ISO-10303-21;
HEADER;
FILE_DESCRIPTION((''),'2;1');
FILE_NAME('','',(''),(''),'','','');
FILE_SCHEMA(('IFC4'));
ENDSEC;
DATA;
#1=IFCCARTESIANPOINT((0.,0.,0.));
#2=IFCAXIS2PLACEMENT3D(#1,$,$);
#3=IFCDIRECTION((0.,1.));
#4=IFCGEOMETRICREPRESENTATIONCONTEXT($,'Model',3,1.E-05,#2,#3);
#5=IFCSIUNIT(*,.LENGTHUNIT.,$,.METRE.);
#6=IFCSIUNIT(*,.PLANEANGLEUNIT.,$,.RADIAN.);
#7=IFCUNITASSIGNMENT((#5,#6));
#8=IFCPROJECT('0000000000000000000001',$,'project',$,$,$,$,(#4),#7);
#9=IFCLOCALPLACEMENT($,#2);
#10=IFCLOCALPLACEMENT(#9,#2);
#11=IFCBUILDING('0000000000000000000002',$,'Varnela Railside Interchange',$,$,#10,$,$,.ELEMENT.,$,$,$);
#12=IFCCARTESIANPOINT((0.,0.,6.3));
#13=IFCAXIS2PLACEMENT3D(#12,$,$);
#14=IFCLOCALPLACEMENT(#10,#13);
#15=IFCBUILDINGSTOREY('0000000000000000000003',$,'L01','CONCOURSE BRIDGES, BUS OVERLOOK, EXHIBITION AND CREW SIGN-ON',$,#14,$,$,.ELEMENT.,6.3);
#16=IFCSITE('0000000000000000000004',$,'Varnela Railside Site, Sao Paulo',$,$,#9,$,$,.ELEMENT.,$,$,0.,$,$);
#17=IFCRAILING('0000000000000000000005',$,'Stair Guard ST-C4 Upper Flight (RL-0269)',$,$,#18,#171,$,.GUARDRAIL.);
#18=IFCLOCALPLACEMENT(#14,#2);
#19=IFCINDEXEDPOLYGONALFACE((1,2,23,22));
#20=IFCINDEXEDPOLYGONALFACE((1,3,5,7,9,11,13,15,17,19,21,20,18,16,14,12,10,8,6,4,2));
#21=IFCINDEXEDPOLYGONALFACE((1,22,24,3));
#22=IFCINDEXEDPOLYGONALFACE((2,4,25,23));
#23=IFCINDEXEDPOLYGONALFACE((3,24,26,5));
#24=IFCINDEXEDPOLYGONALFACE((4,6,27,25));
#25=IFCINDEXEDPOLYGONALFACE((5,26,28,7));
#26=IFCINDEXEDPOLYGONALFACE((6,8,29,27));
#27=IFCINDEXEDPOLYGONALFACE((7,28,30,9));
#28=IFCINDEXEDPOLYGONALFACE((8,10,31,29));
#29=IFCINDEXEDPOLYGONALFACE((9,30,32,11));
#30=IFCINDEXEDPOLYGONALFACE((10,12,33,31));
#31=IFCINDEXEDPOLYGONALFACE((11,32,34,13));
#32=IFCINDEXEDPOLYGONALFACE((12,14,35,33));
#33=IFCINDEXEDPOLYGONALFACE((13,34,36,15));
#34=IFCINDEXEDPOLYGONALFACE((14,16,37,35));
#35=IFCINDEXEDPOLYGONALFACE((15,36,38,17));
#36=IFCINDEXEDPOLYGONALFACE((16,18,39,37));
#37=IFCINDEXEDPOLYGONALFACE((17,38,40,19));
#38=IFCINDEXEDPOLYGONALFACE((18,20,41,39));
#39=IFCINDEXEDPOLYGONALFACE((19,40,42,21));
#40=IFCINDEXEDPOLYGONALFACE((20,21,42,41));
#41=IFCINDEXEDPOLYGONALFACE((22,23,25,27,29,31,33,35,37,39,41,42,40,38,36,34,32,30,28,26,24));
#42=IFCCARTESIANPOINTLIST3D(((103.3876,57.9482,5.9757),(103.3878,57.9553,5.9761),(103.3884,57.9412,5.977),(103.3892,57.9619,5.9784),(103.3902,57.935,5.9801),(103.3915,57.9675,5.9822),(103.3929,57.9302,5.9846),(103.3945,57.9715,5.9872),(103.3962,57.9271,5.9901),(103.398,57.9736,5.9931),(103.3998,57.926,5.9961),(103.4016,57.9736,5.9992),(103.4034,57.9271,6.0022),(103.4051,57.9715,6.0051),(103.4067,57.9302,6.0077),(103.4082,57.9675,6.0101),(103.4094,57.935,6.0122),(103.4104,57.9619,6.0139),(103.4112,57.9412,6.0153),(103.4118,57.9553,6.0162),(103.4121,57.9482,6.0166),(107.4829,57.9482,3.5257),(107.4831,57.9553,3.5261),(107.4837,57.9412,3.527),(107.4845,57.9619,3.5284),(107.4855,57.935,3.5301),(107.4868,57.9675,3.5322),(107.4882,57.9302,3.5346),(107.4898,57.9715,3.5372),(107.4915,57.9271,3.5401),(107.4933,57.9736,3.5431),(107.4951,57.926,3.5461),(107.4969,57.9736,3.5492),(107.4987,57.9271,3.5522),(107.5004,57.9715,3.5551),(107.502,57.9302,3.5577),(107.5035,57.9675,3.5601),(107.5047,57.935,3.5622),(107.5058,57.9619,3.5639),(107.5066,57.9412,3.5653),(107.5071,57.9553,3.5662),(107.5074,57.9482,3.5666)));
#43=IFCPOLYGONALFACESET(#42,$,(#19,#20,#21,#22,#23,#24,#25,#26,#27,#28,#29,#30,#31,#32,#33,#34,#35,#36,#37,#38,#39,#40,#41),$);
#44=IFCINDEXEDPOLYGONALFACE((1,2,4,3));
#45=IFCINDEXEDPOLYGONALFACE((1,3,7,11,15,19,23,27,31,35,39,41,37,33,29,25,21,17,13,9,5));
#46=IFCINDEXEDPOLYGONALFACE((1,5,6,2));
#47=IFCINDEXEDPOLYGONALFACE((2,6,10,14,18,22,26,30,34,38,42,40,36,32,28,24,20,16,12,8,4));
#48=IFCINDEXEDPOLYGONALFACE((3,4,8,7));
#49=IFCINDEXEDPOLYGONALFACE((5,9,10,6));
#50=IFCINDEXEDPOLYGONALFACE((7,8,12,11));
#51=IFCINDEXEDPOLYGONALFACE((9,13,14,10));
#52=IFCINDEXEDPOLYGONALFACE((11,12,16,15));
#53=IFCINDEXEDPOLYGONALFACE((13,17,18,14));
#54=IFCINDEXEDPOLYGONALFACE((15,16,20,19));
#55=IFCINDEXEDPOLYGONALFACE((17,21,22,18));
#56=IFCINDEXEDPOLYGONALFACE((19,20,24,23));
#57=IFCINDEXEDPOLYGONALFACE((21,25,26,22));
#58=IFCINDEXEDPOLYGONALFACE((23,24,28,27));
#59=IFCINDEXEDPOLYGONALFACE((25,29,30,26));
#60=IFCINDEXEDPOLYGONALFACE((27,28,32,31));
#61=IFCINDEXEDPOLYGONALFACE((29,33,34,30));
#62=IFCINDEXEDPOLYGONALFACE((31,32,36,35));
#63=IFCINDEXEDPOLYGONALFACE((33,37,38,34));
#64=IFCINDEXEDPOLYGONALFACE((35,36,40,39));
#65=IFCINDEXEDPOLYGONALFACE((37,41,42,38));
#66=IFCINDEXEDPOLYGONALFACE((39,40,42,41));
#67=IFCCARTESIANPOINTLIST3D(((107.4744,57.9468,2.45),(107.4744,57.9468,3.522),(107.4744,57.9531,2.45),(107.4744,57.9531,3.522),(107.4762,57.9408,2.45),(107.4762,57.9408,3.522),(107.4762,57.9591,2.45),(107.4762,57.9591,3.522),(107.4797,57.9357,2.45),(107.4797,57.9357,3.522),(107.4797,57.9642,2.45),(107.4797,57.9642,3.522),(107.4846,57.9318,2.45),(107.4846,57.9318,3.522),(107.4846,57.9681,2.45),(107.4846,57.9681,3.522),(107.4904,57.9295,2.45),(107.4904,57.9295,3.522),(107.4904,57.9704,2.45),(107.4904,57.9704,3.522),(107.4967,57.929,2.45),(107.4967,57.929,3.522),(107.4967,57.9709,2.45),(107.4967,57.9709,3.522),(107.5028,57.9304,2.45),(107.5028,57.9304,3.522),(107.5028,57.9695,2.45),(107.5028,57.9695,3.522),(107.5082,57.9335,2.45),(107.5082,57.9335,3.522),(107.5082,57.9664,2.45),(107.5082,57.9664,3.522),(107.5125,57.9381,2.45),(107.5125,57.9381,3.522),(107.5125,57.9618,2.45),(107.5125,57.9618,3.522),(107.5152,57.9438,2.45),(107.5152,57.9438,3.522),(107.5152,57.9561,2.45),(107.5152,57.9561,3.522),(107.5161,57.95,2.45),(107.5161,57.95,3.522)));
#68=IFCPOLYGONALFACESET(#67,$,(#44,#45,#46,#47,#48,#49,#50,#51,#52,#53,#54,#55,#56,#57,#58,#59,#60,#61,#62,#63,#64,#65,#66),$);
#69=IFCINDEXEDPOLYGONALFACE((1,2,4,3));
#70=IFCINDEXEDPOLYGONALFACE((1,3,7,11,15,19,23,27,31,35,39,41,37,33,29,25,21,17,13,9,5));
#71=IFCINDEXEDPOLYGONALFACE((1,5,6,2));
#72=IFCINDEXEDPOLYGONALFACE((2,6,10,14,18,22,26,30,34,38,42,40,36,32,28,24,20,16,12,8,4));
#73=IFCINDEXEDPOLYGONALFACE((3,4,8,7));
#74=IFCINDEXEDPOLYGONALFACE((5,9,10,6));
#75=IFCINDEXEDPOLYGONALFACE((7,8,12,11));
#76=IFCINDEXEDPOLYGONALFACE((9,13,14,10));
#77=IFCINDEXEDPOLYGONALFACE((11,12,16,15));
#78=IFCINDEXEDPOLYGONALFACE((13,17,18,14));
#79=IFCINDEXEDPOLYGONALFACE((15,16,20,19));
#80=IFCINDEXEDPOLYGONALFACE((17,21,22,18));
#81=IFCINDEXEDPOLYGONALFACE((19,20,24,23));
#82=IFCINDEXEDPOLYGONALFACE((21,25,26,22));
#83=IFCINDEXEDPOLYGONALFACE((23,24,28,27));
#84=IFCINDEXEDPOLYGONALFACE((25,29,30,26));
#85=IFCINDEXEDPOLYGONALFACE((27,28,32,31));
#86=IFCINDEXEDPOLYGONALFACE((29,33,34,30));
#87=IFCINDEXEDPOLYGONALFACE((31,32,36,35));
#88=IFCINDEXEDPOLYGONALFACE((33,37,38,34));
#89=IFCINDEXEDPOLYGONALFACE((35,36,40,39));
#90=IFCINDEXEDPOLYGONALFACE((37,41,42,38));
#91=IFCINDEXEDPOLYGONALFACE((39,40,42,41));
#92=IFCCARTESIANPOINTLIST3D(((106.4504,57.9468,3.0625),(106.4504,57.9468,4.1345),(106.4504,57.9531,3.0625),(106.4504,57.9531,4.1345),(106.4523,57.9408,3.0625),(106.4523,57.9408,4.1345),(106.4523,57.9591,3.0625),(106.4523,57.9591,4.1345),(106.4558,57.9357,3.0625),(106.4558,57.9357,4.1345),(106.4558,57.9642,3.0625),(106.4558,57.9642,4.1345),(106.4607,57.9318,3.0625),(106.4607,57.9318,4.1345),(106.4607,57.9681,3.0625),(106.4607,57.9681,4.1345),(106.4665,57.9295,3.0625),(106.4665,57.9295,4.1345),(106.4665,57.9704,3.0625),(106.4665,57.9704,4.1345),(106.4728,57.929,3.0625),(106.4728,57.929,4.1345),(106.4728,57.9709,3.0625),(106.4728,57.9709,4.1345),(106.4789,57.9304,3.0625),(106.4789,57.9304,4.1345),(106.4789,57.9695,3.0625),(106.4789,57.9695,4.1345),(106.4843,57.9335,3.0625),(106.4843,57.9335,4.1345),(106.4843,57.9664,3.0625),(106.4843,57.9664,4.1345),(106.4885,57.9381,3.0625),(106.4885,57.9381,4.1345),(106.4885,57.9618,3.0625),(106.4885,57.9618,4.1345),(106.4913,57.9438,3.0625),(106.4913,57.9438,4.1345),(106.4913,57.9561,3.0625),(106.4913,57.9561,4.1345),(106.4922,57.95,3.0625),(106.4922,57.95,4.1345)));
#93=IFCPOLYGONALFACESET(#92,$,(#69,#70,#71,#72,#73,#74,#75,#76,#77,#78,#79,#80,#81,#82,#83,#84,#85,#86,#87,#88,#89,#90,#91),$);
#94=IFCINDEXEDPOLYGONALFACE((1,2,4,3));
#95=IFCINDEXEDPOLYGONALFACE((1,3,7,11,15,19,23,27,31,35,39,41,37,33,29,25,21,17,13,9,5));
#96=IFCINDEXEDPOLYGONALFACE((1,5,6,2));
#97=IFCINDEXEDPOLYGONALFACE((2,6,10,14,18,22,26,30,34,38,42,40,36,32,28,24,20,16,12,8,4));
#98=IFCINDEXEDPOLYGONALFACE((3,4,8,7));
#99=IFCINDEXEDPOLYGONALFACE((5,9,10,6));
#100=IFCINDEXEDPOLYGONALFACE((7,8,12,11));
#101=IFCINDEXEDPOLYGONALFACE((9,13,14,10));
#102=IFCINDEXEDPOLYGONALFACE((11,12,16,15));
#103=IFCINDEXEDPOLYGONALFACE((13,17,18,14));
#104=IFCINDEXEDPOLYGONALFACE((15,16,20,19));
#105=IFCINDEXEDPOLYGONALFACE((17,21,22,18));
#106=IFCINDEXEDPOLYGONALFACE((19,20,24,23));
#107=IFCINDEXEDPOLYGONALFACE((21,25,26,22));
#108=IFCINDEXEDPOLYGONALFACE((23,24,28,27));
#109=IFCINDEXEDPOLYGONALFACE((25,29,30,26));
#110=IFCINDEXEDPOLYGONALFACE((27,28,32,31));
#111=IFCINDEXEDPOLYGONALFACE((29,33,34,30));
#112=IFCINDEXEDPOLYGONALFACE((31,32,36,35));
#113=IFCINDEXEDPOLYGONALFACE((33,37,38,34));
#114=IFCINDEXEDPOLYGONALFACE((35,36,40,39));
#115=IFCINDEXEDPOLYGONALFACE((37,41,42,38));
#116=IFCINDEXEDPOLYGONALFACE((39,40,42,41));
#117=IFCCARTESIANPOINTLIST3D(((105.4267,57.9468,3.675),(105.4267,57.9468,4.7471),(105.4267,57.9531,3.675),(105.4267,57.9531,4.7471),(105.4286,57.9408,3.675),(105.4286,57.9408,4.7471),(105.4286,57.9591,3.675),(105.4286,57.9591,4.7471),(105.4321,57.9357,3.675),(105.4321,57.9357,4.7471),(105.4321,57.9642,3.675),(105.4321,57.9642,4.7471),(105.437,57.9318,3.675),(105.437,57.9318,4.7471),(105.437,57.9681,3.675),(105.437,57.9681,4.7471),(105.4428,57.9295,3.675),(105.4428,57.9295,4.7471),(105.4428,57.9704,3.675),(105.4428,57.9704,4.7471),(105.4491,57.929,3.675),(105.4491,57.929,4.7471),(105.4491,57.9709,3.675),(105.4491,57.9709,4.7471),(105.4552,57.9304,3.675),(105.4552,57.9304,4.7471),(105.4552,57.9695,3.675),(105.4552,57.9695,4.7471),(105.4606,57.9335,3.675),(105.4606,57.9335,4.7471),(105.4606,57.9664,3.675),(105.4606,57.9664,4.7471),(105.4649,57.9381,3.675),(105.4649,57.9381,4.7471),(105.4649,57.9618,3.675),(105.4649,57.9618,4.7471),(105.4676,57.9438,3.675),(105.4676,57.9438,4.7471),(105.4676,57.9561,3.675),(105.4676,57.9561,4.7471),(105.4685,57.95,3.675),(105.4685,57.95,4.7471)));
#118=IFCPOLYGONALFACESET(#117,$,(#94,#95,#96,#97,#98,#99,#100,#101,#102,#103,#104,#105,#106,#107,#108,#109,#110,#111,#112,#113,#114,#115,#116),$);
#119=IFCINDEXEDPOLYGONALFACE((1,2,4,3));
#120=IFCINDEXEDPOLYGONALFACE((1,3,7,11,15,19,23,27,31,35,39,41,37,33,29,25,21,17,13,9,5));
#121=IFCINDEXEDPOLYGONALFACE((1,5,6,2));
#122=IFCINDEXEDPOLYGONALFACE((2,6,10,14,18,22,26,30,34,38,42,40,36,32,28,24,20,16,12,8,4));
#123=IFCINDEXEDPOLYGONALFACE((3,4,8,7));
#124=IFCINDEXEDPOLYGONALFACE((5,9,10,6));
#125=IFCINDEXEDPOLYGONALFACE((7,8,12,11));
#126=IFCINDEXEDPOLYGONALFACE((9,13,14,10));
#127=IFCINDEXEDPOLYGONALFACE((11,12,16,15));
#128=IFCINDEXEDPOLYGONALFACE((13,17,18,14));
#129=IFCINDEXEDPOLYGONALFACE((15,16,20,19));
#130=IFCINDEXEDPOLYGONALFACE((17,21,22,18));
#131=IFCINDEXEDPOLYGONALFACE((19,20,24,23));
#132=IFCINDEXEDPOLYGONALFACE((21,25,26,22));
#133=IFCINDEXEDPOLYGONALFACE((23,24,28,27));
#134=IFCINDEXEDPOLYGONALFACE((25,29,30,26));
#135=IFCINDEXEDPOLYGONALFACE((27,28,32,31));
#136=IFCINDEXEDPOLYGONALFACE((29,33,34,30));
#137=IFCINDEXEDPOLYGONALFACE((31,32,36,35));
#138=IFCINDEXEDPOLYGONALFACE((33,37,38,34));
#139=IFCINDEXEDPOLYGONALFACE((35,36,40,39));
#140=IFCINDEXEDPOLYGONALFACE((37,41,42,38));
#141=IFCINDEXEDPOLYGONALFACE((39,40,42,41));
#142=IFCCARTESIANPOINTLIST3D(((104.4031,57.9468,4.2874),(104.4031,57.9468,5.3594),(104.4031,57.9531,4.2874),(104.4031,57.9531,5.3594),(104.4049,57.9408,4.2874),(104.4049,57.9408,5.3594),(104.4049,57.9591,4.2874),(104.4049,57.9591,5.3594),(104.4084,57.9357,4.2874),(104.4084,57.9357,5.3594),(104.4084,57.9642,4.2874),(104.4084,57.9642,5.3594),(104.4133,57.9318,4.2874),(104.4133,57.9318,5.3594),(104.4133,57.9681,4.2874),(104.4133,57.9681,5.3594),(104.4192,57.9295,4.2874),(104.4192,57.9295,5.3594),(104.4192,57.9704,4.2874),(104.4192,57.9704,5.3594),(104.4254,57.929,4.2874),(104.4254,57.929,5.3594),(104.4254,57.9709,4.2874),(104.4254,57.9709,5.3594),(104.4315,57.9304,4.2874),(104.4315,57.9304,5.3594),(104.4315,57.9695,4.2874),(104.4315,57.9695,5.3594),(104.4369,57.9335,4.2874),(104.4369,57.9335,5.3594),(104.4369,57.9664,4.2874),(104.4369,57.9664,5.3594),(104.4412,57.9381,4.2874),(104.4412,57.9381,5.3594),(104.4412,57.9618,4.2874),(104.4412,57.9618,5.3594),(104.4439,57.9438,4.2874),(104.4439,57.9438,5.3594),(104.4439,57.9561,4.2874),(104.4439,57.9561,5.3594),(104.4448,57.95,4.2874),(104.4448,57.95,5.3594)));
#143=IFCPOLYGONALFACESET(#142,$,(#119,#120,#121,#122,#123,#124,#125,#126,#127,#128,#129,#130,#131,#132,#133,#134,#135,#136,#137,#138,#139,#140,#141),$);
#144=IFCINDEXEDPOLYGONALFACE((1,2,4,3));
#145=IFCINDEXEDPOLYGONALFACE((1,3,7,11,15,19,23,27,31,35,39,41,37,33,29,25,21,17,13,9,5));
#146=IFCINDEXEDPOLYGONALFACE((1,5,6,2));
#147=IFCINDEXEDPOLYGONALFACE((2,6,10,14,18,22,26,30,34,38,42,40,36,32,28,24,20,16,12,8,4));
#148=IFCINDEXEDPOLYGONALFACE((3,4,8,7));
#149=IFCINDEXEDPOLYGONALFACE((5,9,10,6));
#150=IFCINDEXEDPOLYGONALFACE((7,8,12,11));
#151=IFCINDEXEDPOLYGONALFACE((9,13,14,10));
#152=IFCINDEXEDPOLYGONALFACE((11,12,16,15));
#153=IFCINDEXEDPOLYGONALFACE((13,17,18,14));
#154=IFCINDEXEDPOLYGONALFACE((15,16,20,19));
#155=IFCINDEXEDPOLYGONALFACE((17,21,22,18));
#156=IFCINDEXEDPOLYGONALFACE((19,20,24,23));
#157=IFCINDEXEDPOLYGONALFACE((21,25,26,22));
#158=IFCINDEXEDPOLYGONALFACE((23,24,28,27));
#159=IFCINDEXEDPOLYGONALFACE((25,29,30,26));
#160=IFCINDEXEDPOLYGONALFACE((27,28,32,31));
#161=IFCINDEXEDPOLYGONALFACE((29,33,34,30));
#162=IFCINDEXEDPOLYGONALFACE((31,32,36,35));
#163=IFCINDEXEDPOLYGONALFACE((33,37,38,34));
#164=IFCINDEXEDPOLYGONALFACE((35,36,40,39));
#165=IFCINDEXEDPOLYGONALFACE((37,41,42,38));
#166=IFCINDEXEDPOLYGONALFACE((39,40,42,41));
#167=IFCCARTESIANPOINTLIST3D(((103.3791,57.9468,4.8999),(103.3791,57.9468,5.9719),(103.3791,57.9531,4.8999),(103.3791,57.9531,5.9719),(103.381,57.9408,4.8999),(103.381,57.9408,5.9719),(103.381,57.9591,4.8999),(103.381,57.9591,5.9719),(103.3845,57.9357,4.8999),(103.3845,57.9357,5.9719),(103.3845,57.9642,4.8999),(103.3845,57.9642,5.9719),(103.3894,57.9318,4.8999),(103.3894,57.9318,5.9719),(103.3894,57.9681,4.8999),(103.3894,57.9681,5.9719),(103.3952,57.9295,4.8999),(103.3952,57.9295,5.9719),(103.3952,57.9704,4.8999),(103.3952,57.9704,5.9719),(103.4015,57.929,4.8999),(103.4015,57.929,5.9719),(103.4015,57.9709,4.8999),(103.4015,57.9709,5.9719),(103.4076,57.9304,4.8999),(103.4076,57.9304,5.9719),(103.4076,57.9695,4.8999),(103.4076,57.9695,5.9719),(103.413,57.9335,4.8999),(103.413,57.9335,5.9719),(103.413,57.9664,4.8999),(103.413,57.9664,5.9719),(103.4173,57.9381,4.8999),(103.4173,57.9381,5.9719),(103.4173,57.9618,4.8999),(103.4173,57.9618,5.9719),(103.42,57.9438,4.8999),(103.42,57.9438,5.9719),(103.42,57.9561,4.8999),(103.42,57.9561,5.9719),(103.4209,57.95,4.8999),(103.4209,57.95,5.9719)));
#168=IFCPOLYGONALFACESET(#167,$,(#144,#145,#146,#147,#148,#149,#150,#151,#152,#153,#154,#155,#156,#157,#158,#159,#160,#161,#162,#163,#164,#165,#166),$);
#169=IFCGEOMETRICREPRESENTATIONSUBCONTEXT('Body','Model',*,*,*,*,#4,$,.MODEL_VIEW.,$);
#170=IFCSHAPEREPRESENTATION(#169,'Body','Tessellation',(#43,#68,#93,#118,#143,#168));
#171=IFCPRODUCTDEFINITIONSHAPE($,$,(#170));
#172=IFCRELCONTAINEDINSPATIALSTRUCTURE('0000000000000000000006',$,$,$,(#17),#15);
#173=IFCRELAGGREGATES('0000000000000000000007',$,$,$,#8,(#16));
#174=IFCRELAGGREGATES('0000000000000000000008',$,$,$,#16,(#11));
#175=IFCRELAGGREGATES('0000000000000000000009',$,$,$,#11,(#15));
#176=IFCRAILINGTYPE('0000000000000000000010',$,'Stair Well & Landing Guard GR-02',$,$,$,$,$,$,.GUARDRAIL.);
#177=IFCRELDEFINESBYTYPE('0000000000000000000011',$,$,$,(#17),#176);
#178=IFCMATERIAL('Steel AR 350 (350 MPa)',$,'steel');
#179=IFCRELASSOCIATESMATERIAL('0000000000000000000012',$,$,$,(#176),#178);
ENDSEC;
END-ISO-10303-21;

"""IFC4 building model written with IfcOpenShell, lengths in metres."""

from ifc_helpers import new_model, si_unit, direction, frame, origin, origin_2d, place, context, subcontext, project, spatial, circle, extrude, material, type_object, element, save


model = new_model("IFC4")

# Units and contexts
model_context = context("Model", 3, precision=1e-05, world=origin(), true_north=direction((0.0, 1.0)))
body_context = subcontext(model_context, "Body", "Model", "MODEL_VIEW")
ifc_project = project(units=[si_unit("LENGTHUNIT", "METRE"), si_unit("PLANEANGLEUNIT", "RADIAN")], contexts=[model_context])

# Site, building, storey
site_placement = place(None, origin())
site = spatial("IfcSite", under=ifc_project, at=site_placement, Name="Varnela Railside Site, Sao Paulo", CompositionType="ELEMENT", RefElevation=0.0)
building_placement = place(site_placement, origin())
building = spatial("IfcBuilding", under=site, at=building_placement, Name="Varnela Railside Interchange", CompositionType="ELEMENT")
storey_placement = place(building_placement, frame((0.0, 0.0, 6.3)))
storey = spatial("IfcBuildingStorey", under=building, at=storey_placement, Name="L01", Description="CONCOURSE BRIDGES, BUS OVERLOOK, EXHIBITION AND CREW SIGN-ON", CompositionType="ELEMENT", Elevation=6.3)

# Shared definitions
ifc_material_1 = material(Name="Steel AR 350 (350 MPa)", Category="steel")

# Railing
railing_type_1 = type_object("IfcRailingType", Name="Stair Well & Landing Guard GR-02", PredefinedType="GUARDRAIL", material=ifc_material_1)
railing_1_placement = place(storey_placement, frame((107.4951, 57.95, 2.45)))
element("IfcRailing", 1, at=railing_1_placement, inside=storey, type_object=railing_type_1, Name="Stair Guard ST-C4 Upper Flight (RL-0269)", PredefinedType="GUARDRAIL", context=body_context, shape_type="SweptSolid", body=[
    extrude(circle(Radius=0.0239, at=origin_2d()), frame((0.0, 0.0, 1.0962), z_axis=(-0.858156, 0.0, 0.513389), x_axis=(0.0, -1.0, 0.0)), (0.0, 0.0, 1.0), 4.7722),
    extrude(circle(Radius=0.021, at=origin_2d()), origin(), (0.0, 0.0, 1.0), 1.072),
    extrude(circle(Radius=0.021, at=origin_2d()), frame((-1.0239, 0.0, 0.6125)), (0.0, 0.0, 1.0), 1.072),
    extrude(circle(Radius=0.021, at=origin_2d()), frame((-2.0476, 0.0, 1.2251)), (0.0, 0.0, 1.0), 1.072),
    extrude(circle(Radius=0.021, at=origin_2d()), frame((-3.0713, 0.0, 1.8374)), (0.0, 0.0, 1.0), 1.072),
    extrude(circle(Radius=0.021, at=origin_2d()), frame((-4.0952, 0.0, 2.45)), (0.0, 0.0, 1.0), 1.072),
])

save(model, "model.ifc")
